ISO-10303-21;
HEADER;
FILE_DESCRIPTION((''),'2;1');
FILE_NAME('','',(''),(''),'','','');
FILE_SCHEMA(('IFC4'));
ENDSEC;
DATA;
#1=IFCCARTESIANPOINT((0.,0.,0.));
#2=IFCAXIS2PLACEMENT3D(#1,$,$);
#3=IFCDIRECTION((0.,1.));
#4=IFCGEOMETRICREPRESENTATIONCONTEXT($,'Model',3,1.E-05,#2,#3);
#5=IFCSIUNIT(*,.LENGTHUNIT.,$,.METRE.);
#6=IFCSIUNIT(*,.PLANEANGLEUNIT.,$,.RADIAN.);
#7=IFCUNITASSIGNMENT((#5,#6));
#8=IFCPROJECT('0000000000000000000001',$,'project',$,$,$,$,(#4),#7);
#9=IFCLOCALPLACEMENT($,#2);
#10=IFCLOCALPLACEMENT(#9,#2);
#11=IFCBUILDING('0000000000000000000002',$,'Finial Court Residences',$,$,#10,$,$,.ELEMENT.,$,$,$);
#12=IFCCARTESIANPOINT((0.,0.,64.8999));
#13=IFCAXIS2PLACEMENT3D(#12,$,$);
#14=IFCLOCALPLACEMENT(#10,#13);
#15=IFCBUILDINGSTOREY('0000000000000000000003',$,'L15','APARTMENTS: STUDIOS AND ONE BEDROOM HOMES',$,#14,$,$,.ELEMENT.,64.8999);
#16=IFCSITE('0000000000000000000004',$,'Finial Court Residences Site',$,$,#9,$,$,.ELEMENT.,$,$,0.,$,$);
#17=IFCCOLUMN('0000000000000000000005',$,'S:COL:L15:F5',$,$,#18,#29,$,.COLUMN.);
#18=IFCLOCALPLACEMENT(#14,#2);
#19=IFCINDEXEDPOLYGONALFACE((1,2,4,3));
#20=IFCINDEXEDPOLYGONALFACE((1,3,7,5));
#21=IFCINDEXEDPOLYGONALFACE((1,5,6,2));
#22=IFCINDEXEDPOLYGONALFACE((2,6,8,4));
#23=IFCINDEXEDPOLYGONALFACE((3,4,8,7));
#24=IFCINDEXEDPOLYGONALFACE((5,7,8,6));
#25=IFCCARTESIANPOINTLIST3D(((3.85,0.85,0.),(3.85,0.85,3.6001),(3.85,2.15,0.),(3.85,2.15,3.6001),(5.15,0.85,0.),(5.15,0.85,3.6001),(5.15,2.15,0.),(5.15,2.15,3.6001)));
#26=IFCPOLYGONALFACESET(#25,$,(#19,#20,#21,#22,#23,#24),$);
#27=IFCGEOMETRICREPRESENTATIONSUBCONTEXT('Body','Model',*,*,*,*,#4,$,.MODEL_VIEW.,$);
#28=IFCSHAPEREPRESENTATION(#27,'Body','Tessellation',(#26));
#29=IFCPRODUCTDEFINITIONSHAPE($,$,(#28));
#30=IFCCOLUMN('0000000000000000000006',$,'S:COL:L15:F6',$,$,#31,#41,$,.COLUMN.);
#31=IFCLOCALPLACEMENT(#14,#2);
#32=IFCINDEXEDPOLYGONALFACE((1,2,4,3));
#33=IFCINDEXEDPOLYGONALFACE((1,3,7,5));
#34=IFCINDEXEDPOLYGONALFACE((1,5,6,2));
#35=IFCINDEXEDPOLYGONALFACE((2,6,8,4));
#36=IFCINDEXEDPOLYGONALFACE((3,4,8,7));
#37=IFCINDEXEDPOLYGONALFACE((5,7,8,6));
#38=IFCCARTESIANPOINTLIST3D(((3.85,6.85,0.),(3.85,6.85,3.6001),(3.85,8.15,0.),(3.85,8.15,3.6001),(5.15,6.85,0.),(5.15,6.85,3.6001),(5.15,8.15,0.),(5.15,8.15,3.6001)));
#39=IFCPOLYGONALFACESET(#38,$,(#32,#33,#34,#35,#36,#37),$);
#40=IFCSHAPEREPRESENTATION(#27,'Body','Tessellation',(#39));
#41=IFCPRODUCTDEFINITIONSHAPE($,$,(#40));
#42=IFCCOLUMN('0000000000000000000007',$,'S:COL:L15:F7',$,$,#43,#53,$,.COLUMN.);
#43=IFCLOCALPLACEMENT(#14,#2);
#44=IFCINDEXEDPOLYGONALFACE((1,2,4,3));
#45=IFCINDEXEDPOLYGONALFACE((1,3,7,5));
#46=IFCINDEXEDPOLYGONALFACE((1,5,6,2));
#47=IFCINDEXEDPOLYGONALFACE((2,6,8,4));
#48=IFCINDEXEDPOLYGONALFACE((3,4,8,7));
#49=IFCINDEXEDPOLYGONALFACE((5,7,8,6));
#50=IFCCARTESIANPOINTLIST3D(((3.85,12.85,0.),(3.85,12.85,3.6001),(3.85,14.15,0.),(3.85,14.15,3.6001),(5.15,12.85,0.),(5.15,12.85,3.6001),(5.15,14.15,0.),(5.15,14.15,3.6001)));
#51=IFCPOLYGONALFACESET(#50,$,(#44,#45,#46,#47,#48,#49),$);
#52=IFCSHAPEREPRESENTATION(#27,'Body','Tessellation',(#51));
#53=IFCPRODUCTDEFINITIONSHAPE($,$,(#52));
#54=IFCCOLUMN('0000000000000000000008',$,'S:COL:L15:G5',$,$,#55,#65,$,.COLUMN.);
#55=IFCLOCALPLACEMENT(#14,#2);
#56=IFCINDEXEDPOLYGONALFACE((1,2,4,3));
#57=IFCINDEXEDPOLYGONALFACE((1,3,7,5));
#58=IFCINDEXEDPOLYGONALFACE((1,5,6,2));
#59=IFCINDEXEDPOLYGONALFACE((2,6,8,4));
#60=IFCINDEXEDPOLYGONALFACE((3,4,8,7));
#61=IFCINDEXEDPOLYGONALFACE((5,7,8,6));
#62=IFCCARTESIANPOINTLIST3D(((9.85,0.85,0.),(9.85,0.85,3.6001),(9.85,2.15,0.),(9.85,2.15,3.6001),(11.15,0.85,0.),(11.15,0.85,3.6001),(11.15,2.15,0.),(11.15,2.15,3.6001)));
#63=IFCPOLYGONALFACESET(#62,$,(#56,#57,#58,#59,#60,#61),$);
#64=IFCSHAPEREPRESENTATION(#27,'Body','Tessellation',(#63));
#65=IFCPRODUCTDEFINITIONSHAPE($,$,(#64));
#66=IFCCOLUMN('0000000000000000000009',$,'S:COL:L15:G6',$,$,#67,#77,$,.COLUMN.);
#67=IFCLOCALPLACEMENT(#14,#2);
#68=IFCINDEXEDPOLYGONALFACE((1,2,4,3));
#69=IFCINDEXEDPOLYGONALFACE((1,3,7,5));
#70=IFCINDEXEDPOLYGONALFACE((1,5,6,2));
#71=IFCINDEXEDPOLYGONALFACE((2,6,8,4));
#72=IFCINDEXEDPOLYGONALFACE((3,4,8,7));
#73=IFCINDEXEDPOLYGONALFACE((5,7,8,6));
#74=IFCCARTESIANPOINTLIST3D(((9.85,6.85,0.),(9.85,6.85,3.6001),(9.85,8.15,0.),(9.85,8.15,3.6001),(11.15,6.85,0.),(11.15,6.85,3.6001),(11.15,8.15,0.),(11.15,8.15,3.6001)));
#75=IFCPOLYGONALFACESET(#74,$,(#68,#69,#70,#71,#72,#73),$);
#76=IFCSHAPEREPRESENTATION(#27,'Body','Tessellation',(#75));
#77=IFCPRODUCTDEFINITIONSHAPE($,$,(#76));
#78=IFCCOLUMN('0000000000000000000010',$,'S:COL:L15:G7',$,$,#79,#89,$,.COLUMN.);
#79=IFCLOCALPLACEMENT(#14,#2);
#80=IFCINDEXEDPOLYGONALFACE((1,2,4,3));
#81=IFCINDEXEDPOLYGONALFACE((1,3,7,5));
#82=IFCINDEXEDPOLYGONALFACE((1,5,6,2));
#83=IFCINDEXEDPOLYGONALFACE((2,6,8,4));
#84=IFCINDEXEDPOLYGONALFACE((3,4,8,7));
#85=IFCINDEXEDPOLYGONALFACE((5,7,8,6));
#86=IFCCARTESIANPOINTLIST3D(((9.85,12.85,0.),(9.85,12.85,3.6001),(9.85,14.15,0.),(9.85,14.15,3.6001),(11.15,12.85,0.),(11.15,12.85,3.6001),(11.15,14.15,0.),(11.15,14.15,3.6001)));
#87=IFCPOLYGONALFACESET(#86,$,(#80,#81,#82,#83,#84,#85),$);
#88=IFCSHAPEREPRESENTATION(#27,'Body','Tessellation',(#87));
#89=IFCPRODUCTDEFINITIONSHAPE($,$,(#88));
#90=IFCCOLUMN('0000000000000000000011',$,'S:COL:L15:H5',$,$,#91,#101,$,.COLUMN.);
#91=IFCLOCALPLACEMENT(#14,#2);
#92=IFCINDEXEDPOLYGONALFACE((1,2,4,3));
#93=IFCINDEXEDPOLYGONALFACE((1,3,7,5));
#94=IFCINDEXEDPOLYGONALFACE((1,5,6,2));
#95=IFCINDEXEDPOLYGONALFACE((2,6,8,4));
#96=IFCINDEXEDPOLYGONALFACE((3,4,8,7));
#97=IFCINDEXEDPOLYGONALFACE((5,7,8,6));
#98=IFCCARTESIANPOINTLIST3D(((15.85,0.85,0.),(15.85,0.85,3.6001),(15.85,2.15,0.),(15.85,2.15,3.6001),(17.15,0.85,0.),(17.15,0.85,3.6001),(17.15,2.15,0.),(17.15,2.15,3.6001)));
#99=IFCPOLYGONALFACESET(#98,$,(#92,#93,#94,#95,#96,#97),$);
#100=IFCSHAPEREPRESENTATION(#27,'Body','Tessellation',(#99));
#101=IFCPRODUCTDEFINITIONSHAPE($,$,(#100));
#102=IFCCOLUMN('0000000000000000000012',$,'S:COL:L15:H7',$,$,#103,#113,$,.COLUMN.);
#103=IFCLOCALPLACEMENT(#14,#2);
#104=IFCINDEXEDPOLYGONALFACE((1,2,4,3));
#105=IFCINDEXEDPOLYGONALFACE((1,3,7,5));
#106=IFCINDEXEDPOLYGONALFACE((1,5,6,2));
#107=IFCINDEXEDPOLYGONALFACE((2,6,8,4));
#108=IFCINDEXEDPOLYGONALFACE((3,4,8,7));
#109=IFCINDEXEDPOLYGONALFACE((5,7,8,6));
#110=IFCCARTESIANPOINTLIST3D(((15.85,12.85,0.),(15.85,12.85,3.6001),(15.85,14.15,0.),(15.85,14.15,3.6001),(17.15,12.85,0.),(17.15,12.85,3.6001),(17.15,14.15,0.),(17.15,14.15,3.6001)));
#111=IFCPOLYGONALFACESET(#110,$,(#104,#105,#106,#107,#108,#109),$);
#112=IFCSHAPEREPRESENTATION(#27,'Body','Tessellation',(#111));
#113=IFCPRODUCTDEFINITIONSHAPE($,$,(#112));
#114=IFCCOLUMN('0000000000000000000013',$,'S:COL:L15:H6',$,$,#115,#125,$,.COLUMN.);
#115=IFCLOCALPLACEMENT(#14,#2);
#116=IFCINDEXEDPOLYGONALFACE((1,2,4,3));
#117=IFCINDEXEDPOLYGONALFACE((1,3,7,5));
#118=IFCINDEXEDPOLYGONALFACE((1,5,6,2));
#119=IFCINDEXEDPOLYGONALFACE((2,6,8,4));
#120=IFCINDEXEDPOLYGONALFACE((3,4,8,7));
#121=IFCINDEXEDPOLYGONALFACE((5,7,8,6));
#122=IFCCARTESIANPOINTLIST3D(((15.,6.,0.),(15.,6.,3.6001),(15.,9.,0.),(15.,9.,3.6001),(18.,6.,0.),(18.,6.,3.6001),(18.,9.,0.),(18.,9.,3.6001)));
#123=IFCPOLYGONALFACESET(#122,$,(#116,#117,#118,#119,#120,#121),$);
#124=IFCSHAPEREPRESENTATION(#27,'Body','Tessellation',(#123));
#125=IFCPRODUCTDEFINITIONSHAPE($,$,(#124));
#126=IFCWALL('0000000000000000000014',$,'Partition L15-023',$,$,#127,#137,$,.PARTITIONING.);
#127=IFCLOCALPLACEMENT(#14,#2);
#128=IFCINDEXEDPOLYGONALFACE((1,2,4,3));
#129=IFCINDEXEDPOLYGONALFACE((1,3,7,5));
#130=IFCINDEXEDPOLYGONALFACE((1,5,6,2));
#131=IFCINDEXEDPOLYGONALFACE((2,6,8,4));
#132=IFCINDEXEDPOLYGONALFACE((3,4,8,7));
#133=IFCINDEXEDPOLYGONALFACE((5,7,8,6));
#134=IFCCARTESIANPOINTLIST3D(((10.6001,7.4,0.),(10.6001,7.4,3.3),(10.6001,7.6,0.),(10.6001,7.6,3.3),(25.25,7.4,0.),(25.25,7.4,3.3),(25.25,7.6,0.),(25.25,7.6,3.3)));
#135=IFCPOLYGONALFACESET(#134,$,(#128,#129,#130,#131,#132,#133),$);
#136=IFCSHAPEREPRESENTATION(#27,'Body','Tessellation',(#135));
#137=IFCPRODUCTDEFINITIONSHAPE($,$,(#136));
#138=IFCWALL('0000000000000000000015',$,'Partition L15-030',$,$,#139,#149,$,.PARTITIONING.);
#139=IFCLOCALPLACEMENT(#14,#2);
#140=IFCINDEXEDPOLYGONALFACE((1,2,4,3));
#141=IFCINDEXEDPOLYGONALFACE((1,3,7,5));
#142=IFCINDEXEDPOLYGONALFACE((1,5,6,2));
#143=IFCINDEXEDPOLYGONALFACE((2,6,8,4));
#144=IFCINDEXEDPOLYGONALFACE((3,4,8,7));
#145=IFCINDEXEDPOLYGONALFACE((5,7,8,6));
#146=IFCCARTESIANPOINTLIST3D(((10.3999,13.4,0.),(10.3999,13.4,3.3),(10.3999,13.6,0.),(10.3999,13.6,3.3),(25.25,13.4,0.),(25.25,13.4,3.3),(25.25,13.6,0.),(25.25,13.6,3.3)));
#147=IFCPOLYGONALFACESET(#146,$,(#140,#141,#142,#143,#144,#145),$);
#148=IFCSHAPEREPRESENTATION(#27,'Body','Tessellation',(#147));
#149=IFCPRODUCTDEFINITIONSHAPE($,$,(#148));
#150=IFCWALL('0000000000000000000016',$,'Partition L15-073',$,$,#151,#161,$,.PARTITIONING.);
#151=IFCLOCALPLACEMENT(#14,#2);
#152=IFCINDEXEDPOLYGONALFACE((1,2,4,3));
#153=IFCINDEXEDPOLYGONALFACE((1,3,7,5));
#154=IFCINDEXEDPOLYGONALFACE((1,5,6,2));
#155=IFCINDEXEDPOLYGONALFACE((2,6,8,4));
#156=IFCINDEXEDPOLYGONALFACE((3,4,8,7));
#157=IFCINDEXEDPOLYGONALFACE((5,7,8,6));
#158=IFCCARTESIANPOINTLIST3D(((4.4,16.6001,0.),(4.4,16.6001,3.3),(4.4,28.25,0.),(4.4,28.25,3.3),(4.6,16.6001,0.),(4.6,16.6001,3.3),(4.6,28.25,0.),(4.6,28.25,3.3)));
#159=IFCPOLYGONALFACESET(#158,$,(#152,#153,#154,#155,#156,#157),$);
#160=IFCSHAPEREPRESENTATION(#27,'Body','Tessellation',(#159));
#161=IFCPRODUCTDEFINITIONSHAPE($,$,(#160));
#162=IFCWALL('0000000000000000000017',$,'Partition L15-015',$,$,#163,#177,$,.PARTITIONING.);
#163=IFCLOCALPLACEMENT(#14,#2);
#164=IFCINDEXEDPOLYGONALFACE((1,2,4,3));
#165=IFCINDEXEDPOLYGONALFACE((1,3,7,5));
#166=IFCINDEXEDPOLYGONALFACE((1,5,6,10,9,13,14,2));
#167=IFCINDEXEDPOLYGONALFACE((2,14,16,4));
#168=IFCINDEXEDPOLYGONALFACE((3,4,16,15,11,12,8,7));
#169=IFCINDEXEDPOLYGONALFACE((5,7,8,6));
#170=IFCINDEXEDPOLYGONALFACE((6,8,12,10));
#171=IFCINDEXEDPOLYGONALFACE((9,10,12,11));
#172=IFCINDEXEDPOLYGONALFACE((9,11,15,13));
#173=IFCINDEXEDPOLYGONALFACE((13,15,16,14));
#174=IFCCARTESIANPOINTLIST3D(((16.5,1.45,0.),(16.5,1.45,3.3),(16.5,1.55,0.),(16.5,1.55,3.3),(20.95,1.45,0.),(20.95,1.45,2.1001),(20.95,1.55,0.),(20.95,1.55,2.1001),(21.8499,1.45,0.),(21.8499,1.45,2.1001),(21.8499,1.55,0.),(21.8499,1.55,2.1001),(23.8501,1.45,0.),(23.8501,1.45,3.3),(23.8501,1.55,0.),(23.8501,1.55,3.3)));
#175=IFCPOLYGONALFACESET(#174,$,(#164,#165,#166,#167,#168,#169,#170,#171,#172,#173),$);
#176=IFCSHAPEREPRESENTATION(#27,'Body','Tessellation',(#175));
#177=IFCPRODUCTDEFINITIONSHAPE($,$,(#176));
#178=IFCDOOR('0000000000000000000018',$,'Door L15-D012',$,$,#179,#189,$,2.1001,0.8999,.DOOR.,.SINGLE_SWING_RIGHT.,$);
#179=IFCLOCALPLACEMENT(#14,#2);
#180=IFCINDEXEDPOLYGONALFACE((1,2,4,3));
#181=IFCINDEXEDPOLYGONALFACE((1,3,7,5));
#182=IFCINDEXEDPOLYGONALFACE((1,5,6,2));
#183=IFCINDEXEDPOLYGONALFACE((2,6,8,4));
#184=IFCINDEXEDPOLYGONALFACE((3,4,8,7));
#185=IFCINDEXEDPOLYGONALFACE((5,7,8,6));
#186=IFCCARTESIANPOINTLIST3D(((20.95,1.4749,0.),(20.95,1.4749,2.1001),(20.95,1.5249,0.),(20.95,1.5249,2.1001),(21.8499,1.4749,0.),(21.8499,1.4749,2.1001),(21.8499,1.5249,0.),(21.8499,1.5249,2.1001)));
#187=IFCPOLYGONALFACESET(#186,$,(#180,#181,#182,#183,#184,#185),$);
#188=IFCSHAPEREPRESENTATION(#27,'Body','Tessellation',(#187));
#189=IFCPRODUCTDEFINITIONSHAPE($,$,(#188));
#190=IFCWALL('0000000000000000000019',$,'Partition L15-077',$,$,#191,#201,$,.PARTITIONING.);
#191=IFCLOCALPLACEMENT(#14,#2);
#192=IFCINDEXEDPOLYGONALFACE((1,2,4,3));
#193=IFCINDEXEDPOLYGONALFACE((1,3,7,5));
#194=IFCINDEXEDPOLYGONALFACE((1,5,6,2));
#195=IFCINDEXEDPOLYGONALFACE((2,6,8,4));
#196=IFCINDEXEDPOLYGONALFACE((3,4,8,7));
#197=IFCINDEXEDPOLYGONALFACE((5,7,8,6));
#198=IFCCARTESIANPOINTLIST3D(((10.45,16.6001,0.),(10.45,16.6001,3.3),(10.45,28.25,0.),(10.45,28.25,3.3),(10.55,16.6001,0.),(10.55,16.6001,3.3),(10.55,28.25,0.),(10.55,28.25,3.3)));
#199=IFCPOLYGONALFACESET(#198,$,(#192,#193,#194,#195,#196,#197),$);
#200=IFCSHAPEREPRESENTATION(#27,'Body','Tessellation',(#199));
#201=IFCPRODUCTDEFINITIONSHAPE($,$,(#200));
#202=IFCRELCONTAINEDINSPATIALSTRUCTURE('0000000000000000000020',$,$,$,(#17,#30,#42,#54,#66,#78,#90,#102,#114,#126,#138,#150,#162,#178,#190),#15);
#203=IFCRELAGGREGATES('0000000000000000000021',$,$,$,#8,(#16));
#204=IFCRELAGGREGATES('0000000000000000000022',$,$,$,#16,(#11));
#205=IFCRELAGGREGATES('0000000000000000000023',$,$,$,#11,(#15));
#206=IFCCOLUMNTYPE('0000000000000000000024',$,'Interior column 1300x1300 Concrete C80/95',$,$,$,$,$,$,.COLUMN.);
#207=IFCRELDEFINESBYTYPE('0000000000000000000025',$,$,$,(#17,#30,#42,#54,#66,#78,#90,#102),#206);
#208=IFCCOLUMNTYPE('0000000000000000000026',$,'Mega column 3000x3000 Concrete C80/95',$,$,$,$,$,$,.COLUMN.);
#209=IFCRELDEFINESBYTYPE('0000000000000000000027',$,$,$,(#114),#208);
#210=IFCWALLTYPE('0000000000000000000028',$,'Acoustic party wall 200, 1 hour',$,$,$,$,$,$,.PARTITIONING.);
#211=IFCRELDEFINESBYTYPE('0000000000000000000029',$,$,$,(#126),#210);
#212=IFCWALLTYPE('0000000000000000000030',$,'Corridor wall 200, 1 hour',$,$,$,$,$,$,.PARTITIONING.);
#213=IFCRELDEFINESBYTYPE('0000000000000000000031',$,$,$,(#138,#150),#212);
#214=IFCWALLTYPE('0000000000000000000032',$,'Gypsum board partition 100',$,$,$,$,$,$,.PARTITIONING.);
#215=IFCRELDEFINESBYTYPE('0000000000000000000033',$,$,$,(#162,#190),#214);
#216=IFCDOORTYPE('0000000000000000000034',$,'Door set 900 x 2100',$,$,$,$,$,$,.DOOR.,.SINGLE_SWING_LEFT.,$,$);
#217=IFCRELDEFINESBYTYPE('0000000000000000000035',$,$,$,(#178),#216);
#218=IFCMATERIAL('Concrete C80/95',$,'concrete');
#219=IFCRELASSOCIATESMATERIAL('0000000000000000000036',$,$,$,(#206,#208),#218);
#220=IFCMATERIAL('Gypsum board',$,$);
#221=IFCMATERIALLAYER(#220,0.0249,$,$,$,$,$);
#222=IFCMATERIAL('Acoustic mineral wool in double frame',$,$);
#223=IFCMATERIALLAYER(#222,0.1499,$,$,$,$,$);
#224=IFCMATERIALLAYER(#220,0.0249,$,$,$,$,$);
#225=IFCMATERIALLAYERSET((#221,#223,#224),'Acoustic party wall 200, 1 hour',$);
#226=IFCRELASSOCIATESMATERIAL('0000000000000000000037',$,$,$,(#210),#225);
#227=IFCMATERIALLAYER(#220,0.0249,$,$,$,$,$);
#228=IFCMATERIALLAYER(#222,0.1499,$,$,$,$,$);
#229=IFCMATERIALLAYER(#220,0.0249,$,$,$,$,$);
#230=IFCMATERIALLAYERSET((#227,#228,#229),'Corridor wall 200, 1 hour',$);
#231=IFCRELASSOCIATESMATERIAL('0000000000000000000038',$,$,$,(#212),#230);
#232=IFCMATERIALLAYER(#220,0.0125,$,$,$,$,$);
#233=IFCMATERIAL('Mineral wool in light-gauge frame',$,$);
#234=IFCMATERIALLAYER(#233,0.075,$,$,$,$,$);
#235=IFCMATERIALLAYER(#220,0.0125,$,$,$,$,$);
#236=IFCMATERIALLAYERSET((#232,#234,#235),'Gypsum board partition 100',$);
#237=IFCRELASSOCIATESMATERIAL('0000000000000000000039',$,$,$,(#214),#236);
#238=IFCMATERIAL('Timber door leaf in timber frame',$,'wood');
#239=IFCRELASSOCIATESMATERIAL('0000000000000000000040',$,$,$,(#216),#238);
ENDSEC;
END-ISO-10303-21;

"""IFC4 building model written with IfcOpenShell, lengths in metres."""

from ifc_helpers import new_model, si_unit, direction, frame, frame_2d, origin, origin_2d, place, context, subcontext, project, spatial, rectangle, extrude, material, layer, layer_set, material_profile, profile_set, type_object, element, fill, save


model = new_model("IFC4")

# Units and contexts
model_context = context("Model", 3, precision=1e-05, world=origin(), true_north=direction((0.0, 1.0)))
body_context = subcontext(model_context, "Body", "Model", "MODEL_VIEW")
ifc_project = project(units=[si_unit("LENGTHUNIT", "METRE"), si_unit("PLANEANGLEUNIT", "RADIAN")], contexts=[model_context])

# Site, building, storey
site_placement = place(None, origin())
site = spatial("IfcSite", under=ifc_project, at=site_placement, Name="Finial Court Residences Site", CompositionType="ELEMENT", RefElevation=0.0)
building_placement = place(site_placement, origin())
building = spatial("IfcBuilding", under=site, at=building_placement, Name="Finial Court Residences", CompositionType="ELEMENT")
storey_placement = place(building_placement, frame((0.0, 0.0, 64.8999)))
storey = spatial("IfcBuildingStorey", under=building, at=storey_placement, Name="L15", Description="APARTMENTS: STUDIOS AND ONE BEDROOM HOMES", CompositionType="ELEMENT", Elevation=64.8999)

# Columns
ifc_material_1 = material(Name="Concrete C80/95", Category="concrete")
ifc_material_profile_1 = material_profile(ifc_material_1, rectangle(XDim=1.3, YDim=1.3, at=origin_2d()), Name="1300x1300")
ifc_profile_set_1 = profile_set([ifc_material_profile_1], Name="Concrete C80/95")
column_type_1 = type_object("IfcColumnType", Name="Interior column 1300x1300 Concrete C80/95", PredefinedType="COLUMN", material=ifc_profile_set_1)
for number, where, z_axis, x_axis, name in (
    (1, (4.5, 1.5, 0.0), (0.0, 0.0, 1.0), (1.0, 0.0, 0.0), "S:COL:L15:F5"),
    (2, (4.5, 7.5, 0.0), (0.0, 0.0, 1.0), (1.0, 0.0, 0.0), "S:COL:L15:F6"),
    (3, (4.5, 13.5, 0.0), (0.0, 0.0, 1.0), (1.0, 0.0, 0.0), "S:COL:L15:F7"),
    (4, (10.5, 1.5, 0.0), (0.0, 0.0, 1.0), (1.0, 0.0, 0.0), "S:COL:L15:G5"),
    (5, (10.5, 7.5, 0.0), (0.0, 0.0, 1.0), (1.0, 0.0, 0.0), "S:COL:L15:G6"),
    (6, (10.5, 13.5, 0.0), (0.0, 0.0, 1.0), (1.0, 0.0, 0.0), "S:COL:L15:G7"),
    (7, (16.5, 1.5, 0.0), (0.0, 0.0, 1.0), (1.0, 0.0, 0.0), "S:COL:L15:H5"),
    (8, (16.5, 13.5, 0.0), (0.0, 0.0, 1.0), (1.0, 0.0, 0.0), "S:COL:L15:H7"),
):
    element("IfcColumn", number, at=place(storey_placement, frame(where, z_axis=z_axis, x_axis=x_axis)), inside=storey, type_object=column_type_1, Name=name, PredefinedType="COLUMN", context=body_context, shape_type="SweptSolid", body=[
        extrude(rectangle(XDim=1.3, YDim=1.3, at=origin_2d()), origin(), (0.0, 0.0, 1.0), 3.6001),
    ])
ifc_material_profile_2 = material_profile(ifc_material_1, rectangle(XDim=3.0, YDim=3.0, at=origin_2d()), Name="3000x3000")
ifc_profile_set_2 = profile_set([ifc_material_profile_2], Name="Concrete C80/95")
column_type_2 = type_object("IfcColumnType", Name="Mega column 3000x3000 Concrete C80/95", PredefinedType="COLUMN", material=ifc_profile_set_2)
column_placement = place(storey_placement, frame((16.5, 7.5, 0.0), z_axis=(0.0, 0.0, 1.0), x_axis=(1.0, 0.0, 0.0)))
element("IfcColumn", 9, at=column_placement, inside=storey, type_object=column_type_2, Name="S:COL:L15:H6", PredefinedType="COLUMN", context=body_context, shape_type="SweptSolid", body=[
    extrude(rectangle(XDim=3.0, YDim=3.0, at=origin_2d()), origin(), (0.0, 0.0, 1.0), 3.6001),
])

# Walls
ifc_material_2 = material(Name="Gypsum board")
ifc_layer_1 = layer(ifc_material_2, 0.0249)
ifc_material_3 = material(Name="Acoustic mineral wool in double frame")
ifc_layer_2 = layer(ifc_material_3, 0.1499)
ifc_layer_3 = layer(ifc_material_2, 0.0249)
ifc_layer_set_1 = layer_set([ifc_layer_1, ifc_layer_2, ifc_layer_3], Name="Acoustic party wall 200, 1 hour")
wall_type_1 = type_object("IfcWallType", Name="Acoustic party wall 200, 1 hour", PredefinedType="PARTITIONING", material=ifc_layer_set_1)
wall_1_placement = place(storey_placement, frame((10.6001, 7.5, 0.0), z_axis=(0.0, 0.0, 1.0), x_axis=(1.0, 0.0, 0.0)))
element("IfcWall", 10, at=wall_1_placement, inside=storey, type_object=wall_type_1, Name="Partition L15-023", PredefinedType="PARTITIONING", context=body_context, shape_type="SweptSolid", body=[
    extrude(rectangle(XDim=14.6499, YDim=0.2, at=frame_2d((7.325, 0.0))), origin(), (0.0, 0.0, 1.0), 3.3),
])
ifc_layer_4 = layer(ifc_material_2, 0.0249)
ifc_layer_5 = layer(ifc_material_3, 0.1499)
ifc_layer_6 = layer(ifc_material_2, 0.0249)
ifc_layer_set_2 = layer_set([ifc_layer_4, ifc_layer_5, ifc_layer_6], Name="Corridor wall 200, 1 hour")
wall_type_2 = type_object("IfcWallType", Name="Corridor wall 200, 1 hour", PredefinedType="PARTITIONING", material=ifc_layer_set_2)
wall_2_placement = place(storey_placement, frame((10.3999, 13.5, 0.0), z_axis=(0.0, 0.0, 1.0), x_axis=(1.0, 0.0, 0.0)))
element("IfcWall", 11, at=wall_2_placement, inside=storey, type_object=wall_type_2, Name="Partition L15-030", PredefinedType="PARTITIONING", context=body_context, shape_type="SweptSolid", body=[
    extrude(rectangle(XDim=14.8501, YDim=0.2, at=frame_2d((7.425, 0.0))), origin(), (0.0, 0.0, 1.0), 3.3),
])
wall_3_placement = place(storey_placement, frame((4.5, 16.6001, 0.0), z_axis=(0.0, 0.0, 1.0), x_axis=(0.0, 1.0, 0.0)))
element("IfcWall", 12, at=wall_3_placement, inside=storey, type_object=wall_type_2, Name="Partition L15-073", PredefinedType="PARTITIONING", context=body_context, shape_type="SweptSolid", body=[
    extrude(rectangle(XDim=11.6499, YDim=0.2, at=frame_2d((5.825, 0.0))), origin(), (0.0, 0.0, 1.0), 3.3),
])

# Wall, opening, door
ifc_layer_7 = layer(ifc_material_2, 0.0125)
ifc_material_4 = material(Name="Mineral wool in light-gauge frame")
ifc_layer_8 = layer(ifc_material_4, 0.075)
ifc_layer_9 = layer(ifc_material_2, 0.0125)
ifc_layer_set_3 = layer_set([ifc_layer_7, ifc_layer_8, ifc_layer_9], Name="Gypsum board partition 100")
wall_type_3 = type_object("IfcWallType", Name="Gypsum board partition 100", PredefinedType="PARTITIONING", material=ifc_layer_set_3)
wall_4_placement = place(storey_placement, frame((16.5, 1.5, 0.0), z_axis=(0.0, 0.0, 1.0), x_axis=(1.0, 0.0, 0.0)))
wall_4 = element("IfcWall", 13, at=wall_4_placement, inside=storey, type_object=wall_type_3, Name="Partition L15-015", PredefinedType="PARTITIONING", context=body_context, shape_type="SweptSolid", body=[
    extrude(rectangle(XDim=7.3501, YDim=0.1001, at=frame_2d((3.675, 0.0))), origin(), (0.0, 0.0, 1.0), 3.3),
])
opening_1_placement = place(wall_4_placement, frame((4.45, 0.0, 0.0)))
opening_1 = element("IfcOpeningElement", 14, at=opening_1_placement, cuts=wall_4, PredefinedType="OPENING", context=body_context, shape_type="SweptSolid", body=[
    extrude(rectangle(XDim=0.8999, YDim=2.1001, at=frame_2d((0.45, 1.05))), frame((0.0, 0.0601, 0.0), z_axis=(0.0, -1.0, 0.0), x_axis=(1.0, 0.0, 0.0)), (0.0, 0.0, 1.0), 0.1201),
])
ifc_material_5 = material(Name="Timber door leaf in timber frame", Category="wood")
door_type = type_object("IfcDoorType", Name="Door set 900 x 2100", OperationType="SINGLE_SWING_LEFT", PredefinedType="DOOR", material=ifc_material_5)
door_1_placement = place(opening_1_placement, origin())
door_1 = element("IfcDoor", 15, at=door_1_placement, inside=storey, type_object=door_type, Name="Door L15-D012", OperationType="SINGLE_SWING_RIGHT", OverallHeight=2.1001, OverallWidth=0.8999, PredefinedType="DOOR", context=body_context, shape_type="SweptSolid", body=[
    extrude(rectangle(XDim=0.8999, YDim=2.1001, at=frame_2d((0.45, 1.05))), frame((0.0, 0.0249, 0.0), z_axis=(0.0, -1.0, 0.0), x_axis=(1.0, 0.0, 0.0)), (0.0, 0.0, 1.0), 0.05),
])
fill(opening_1, door_1)

# Wall
wall_5_placement = place(storey_placement, frame((10.5, 16.6001, 0.0), z_axis=(0.0, 0.0, 1.0), x_axis=(0.0, 1.0, 0.0)))
element("IfcWall", 16, at=wall_5_placement, inside=storey, type_object=wall_type_3, Name="Partition L15-077", PredefinedType="PARTITIONING", context=body_context, shape_type="SweptSolid", body=[
    extrude(rectangle(XDim=11.6499, YDim=0.1001, at=frame_2d((5.825, 0.0))), origin(), (0.0, 0.0, 1.0), 3.3),
])

save(model, "model.ifc")
